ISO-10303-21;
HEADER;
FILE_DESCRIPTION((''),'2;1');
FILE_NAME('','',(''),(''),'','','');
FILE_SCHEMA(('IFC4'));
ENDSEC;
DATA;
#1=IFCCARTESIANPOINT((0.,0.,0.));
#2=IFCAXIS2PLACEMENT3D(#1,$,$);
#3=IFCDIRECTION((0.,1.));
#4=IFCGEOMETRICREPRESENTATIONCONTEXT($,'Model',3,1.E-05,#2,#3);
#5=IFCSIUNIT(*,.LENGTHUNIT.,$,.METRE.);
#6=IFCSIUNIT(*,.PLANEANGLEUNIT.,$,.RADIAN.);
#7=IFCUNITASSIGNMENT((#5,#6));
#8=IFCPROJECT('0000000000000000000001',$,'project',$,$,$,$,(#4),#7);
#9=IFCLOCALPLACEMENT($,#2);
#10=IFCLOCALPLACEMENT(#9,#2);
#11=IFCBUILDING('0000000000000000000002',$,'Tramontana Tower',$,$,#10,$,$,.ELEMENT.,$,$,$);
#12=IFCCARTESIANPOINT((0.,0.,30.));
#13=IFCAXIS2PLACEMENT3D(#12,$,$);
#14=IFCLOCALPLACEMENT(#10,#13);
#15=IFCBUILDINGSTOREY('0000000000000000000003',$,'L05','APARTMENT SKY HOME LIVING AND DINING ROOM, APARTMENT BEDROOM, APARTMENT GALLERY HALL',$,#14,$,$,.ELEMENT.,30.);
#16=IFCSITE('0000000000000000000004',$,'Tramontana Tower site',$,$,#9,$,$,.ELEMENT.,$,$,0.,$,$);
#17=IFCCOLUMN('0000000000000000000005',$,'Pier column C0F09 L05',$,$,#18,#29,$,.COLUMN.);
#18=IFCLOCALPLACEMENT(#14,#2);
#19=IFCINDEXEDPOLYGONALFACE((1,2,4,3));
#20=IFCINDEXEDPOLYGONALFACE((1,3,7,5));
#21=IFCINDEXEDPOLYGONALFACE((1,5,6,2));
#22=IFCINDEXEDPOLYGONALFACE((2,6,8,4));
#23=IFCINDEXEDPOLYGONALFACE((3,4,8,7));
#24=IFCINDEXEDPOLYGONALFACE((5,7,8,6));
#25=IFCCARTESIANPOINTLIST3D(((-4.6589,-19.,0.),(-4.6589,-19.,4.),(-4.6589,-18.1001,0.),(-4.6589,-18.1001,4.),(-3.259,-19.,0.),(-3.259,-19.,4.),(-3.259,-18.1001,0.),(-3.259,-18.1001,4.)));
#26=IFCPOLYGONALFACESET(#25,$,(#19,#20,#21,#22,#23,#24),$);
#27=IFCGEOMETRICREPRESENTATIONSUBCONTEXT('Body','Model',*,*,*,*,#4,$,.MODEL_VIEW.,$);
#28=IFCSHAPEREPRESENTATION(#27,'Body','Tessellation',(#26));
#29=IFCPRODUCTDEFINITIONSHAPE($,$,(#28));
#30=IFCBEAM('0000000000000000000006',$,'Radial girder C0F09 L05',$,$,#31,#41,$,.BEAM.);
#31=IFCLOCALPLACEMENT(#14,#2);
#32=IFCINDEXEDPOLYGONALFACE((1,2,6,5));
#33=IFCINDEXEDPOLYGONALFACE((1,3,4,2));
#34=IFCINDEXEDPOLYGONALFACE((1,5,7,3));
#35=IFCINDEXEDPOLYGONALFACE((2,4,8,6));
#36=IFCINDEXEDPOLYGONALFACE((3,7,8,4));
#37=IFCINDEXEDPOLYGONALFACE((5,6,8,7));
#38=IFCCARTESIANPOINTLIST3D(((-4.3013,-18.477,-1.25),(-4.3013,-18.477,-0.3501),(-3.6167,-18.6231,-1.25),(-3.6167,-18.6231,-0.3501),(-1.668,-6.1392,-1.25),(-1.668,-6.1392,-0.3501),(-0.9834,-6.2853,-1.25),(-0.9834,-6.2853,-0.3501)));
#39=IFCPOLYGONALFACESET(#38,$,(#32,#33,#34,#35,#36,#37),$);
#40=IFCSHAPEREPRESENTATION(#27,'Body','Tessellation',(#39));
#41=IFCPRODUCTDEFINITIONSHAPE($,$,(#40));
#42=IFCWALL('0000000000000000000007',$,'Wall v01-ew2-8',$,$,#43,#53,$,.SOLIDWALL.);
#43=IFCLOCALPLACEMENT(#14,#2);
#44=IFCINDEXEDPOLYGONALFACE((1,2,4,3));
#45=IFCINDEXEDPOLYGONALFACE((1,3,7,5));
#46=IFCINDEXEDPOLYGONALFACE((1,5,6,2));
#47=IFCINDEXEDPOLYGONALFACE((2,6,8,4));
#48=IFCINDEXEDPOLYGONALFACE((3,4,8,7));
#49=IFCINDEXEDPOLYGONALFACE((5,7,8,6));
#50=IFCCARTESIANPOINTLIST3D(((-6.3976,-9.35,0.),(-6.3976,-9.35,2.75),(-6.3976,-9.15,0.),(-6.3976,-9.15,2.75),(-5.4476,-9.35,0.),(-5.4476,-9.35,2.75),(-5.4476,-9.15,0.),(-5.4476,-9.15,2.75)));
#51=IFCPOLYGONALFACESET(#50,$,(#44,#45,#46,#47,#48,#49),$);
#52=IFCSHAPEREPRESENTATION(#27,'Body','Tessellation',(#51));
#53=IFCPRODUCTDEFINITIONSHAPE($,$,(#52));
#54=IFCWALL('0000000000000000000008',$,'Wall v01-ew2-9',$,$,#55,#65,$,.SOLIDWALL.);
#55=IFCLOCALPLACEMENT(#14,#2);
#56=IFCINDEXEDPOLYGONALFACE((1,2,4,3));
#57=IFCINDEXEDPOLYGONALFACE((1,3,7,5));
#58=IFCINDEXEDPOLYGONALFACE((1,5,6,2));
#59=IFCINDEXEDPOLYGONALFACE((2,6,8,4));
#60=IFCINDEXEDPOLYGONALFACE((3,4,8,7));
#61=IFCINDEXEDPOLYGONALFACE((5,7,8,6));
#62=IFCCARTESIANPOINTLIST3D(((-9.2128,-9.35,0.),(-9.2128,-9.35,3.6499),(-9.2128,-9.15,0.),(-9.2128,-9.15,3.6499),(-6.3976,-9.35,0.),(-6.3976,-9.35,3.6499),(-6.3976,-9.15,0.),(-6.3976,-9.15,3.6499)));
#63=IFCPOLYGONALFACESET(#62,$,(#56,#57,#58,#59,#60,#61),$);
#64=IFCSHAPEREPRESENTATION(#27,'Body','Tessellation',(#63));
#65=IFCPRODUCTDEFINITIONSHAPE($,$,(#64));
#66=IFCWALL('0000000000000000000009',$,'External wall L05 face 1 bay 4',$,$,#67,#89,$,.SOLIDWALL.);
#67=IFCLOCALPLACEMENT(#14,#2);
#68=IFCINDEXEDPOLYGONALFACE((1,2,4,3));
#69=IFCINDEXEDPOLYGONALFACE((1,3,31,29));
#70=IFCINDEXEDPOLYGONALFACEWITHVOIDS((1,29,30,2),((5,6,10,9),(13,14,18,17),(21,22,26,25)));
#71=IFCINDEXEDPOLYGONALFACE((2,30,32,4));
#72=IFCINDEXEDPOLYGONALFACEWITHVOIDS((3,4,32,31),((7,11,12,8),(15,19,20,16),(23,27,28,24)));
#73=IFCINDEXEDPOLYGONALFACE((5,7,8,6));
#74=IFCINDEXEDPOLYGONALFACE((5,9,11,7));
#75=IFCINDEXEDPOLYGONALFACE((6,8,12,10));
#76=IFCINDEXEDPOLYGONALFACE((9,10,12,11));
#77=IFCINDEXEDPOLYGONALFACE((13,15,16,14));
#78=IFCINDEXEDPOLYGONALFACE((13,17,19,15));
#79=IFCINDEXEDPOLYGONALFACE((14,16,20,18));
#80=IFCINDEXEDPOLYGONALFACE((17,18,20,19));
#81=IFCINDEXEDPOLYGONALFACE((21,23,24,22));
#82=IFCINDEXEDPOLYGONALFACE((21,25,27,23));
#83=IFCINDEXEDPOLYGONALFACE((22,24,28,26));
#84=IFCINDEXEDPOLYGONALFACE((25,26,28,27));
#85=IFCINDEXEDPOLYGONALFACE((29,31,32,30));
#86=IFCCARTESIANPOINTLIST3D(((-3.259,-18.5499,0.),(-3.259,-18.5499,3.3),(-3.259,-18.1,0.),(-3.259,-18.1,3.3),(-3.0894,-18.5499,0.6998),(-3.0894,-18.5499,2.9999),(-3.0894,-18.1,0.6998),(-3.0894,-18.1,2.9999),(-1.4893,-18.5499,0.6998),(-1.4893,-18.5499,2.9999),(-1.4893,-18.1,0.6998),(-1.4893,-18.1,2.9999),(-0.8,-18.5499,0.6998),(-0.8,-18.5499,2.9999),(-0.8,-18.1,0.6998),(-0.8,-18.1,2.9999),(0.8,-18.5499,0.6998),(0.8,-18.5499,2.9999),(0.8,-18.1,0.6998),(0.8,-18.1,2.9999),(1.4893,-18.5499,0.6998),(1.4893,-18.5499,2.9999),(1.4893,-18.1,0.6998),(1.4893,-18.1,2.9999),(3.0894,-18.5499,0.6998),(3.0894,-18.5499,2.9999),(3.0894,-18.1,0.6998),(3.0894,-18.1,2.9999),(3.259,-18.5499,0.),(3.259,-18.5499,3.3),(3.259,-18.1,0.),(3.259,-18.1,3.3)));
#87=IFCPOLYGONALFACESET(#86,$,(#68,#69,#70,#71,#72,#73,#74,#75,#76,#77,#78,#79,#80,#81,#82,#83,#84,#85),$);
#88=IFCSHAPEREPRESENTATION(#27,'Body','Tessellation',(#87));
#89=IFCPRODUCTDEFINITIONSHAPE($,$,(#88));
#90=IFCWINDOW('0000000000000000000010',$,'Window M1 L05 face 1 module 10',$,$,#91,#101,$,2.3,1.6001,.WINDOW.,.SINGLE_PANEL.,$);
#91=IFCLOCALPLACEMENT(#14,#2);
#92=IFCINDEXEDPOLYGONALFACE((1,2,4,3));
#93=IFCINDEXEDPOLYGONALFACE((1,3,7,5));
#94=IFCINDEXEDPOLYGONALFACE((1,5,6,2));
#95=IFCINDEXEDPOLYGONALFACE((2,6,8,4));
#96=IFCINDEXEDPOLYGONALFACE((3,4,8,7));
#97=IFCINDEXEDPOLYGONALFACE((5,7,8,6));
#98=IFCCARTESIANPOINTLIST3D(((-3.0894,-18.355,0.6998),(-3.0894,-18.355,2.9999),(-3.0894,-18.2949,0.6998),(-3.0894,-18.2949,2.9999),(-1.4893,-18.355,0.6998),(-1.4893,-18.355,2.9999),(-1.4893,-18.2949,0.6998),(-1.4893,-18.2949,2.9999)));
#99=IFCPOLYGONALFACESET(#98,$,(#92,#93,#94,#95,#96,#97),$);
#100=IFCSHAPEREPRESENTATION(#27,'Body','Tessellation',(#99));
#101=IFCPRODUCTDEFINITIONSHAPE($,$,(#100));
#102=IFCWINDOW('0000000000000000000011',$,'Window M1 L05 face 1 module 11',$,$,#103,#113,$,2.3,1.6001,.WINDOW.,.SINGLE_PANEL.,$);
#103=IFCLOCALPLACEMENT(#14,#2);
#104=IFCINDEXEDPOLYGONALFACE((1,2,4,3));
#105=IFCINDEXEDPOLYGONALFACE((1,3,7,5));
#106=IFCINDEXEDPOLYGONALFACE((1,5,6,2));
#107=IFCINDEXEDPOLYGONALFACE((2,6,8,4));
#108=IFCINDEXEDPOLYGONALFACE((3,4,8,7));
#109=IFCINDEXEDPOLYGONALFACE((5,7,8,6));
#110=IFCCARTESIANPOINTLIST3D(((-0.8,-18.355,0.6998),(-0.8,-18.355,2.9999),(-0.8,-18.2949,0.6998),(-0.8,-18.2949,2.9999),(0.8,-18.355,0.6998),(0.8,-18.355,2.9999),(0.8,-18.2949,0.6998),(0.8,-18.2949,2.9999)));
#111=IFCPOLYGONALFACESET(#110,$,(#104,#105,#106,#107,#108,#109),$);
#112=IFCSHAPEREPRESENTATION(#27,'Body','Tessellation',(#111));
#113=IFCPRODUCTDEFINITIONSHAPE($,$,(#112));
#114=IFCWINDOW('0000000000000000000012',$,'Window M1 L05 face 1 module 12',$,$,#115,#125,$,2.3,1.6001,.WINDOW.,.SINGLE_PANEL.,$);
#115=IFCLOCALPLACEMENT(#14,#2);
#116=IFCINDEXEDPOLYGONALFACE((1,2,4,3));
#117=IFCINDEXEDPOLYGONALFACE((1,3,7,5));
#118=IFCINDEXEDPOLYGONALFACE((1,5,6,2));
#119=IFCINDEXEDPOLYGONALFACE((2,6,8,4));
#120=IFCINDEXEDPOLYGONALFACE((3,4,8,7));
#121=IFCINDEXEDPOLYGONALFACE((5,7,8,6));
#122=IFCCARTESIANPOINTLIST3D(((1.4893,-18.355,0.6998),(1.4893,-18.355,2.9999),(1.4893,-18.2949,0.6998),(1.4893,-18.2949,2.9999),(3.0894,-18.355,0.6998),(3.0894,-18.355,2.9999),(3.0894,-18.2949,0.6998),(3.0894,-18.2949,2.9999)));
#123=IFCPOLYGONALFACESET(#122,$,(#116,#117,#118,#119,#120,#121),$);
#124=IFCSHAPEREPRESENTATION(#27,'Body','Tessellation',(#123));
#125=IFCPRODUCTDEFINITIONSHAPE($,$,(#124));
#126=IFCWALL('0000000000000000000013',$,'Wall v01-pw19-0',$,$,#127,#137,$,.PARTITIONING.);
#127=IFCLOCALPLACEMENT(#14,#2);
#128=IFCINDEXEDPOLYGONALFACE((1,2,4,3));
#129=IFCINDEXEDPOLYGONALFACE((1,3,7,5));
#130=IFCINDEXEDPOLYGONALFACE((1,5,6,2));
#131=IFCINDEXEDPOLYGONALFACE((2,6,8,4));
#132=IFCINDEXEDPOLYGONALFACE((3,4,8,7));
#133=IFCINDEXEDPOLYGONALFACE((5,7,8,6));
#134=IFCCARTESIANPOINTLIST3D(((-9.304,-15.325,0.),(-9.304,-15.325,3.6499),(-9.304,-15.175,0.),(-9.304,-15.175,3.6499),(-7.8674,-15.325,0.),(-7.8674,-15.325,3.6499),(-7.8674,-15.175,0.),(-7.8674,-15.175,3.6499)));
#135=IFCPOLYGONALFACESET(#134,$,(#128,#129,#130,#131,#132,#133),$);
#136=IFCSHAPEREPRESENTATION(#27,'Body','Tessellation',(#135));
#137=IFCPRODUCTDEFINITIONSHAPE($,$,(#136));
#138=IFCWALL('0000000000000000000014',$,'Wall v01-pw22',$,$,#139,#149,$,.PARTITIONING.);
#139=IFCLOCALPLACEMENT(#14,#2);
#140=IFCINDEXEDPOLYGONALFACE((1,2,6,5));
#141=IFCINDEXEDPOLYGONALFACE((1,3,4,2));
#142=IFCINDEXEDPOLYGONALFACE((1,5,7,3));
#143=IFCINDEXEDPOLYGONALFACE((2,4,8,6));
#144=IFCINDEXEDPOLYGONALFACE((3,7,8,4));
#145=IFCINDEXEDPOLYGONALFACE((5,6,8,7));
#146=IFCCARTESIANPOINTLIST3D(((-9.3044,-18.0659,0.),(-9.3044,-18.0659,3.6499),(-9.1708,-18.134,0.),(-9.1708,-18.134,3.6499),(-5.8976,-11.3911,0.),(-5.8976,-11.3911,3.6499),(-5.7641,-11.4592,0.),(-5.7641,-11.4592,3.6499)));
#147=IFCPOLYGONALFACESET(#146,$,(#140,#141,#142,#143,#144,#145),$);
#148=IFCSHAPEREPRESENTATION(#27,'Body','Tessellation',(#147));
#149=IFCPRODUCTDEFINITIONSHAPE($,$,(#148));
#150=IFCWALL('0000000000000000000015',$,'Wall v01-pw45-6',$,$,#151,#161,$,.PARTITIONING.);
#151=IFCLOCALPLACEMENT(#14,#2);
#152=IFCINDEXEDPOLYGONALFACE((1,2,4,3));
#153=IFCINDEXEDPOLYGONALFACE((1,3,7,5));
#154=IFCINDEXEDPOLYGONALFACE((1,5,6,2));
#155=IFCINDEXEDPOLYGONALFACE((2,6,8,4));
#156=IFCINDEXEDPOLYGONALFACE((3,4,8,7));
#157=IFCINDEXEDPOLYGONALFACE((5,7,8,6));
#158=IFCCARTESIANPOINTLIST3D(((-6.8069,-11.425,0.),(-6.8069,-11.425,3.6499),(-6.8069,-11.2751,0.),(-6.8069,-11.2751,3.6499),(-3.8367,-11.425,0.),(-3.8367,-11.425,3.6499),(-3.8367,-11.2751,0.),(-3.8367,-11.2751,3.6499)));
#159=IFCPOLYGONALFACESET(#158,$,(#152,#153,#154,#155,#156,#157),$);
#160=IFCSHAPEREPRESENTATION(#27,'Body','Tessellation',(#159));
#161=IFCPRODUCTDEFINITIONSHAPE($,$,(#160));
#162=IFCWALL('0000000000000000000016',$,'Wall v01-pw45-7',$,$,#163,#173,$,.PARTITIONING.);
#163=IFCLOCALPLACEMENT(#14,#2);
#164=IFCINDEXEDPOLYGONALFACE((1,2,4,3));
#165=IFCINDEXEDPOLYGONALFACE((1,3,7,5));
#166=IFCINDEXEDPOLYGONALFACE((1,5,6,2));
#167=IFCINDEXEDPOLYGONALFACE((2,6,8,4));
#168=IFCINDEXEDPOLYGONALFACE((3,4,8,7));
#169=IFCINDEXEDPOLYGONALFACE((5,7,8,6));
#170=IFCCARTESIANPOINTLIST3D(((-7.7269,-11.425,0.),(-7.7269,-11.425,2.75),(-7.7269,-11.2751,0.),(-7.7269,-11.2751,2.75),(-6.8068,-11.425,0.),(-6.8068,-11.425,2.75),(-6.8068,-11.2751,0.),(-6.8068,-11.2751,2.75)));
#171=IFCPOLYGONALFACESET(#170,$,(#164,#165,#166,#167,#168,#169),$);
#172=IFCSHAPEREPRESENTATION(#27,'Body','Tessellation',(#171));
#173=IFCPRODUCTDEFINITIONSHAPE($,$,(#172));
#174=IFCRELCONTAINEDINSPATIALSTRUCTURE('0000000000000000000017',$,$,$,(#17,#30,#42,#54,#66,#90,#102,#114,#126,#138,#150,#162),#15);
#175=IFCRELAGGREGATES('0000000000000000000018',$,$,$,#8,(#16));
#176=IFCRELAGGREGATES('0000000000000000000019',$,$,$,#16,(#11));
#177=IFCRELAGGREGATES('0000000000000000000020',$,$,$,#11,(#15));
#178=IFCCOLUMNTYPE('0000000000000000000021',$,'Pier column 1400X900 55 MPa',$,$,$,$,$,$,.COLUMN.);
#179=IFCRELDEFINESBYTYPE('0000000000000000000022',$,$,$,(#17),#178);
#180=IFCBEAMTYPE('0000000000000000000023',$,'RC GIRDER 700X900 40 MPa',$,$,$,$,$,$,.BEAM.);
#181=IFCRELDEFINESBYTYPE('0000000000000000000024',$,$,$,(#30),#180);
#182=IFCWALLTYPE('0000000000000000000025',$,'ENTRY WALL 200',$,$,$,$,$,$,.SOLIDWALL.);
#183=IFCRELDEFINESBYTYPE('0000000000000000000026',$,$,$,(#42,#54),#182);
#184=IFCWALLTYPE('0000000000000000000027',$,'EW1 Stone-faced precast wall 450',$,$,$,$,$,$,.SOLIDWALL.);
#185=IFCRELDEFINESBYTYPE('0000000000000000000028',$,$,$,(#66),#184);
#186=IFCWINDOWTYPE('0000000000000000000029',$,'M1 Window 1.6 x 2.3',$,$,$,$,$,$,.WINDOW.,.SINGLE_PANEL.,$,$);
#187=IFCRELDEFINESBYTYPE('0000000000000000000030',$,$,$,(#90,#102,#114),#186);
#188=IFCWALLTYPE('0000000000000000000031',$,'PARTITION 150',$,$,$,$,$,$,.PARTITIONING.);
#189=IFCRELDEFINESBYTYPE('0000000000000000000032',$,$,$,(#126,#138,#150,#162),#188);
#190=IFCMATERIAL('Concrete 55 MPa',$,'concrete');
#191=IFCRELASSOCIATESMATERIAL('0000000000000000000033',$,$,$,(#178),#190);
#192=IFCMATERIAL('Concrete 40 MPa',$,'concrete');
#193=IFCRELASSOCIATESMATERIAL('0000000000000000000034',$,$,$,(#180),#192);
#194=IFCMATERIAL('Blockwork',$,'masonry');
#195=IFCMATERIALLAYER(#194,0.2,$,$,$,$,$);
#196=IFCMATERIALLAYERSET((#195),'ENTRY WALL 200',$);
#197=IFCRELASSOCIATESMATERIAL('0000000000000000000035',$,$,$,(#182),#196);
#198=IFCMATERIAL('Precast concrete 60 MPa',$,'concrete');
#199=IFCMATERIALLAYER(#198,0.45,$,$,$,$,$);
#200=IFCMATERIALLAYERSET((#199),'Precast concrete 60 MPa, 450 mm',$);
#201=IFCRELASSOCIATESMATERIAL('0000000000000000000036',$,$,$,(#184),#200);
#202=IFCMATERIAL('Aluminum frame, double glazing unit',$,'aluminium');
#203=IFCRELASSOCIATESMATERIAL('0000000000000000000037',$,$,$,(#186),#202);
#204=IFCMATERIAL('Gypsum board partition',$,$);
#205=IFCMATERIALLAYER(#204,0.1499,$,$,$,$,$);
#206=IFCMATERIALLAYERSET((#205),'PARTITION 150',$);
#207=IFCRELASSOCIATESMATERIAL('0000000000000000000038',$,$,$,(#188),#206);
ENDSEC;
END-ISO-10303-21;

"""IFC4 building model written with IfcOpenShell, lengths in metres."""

from ifc_helpers import new_model, si_unit, direction, frame, frame_2d, origin, origin_2d, place, context, subcontext, project, spatial, rectangle, extrude, material, layer, layer_set, material_profile, profile_set, type_object, element, fill, save


model = new_model("IFC4")

# Units and contexts
model_context = context("Model", 3, precision=1e-05, world=origin(), true_north=direction((0.0, 1.0)))
body_context = subcontext(model_context, "Body", "Model", "MODEL_VIEW")
ifc_project = project(units=[si_unit("LENGTHUNIT", "METRE"), si_unit("PLANEANGLEUNIT", "RADIAN")], contexts=[model_context])

# Site, building, storey
site_placement = place(None, origin())
site = spatial("IfcSite", under=ifc_project, at=site_placement, Name="Tramontana Tower site", CompositionType="ELEMENT", RefElevation=0.0)
building_placement = place(site_placement, origin())
building = spatial("IfcBuilding", under=site, at=building_placement, Name="Tramontana Tower", CompositionType="ELEMENT")
storey_placement = place(building_placement, frame((0.0, 0.0, 30.0)))
storey = spatial("IfcBuildingStorey", under=building, at=storey_placement, Name="L05", Description="APARTMENT SKY HOME LIVING AND DINING ROOM, APARTMENT BEDROOM, APARTMENT GALLERY HALL", CompositionType="ELEMENT", Elevation=30.0)

# Column
ifc_material_1 = material(Name="Concrete 55 MPa", Category="concrete")
ifc_material_profile_1 = material_profile(ifc_material_1, rectangle(XDim=1.3999, YDim=0.8999, at=origin_2d()), Name="Pier column 1400X900 55 MPa")
ifc_profile_set_1 = profile_set([ifc_material_profile_1], Name="Concrete 55 MPa")
column_type = type_object("IfcColumnType", Name="Pier column 1400X900 55 MPa", PredefinedType="COLUMN", material=ifc_profile_set_1)
column_placement = place(storey_placement, frame((-3.959, -18.55, 0.0), z_axis=(0.0, 0.0, 1.0), x_axis=(1.0, 0.0, 0.0)))
element("IfcColumn", 1, at=column_placement, inside=storey, type_object=column_type, Name="Pier column C0F09 L05", PredefinedType="COLUMN", context=body_context, shape_type="SweptSolid", body=[
    extrude(rectangle(XDim=1.3999, YDim=0.8999, at=origin_2d()), origin(), (0.0, 0.0, 1.0), 4.0),
])

# Beam
ifc_material_2 = material(Name="Concrete 40 MPa", Category="concrete")
ifc_material_profile_2 = material_profile(ifc_material_2, rectangle(XDim=0.7, YDim=0.8999, at=origin_2d()), Name="RC GIRDER 700X900 40 MPa")
ifc_profile_set_2 = profile_set([ifc_material_profile_2], Name="Concrete 40 MPa")
beam_type = type_object("IfcBeamType", Name="RC GIRDER 700X900 40 MPa", PredefinedType="BEAM", material=ifc_profile_set_2)
beam_placement = place(storey_placement, frame((-3.959, -18.55, -0.8), z_axis=(0.208731, 0.977973, 0.0), x_axis=(-0.977973, 0.208731, 0.0)))
element("IfcBeam", 2, at=beam_placement, inside=storey, type_object=beam_type, Name="Radial girder C0F09 L05", PredefinedType="BEAM", context=body_context, shape_type="SweptSolid", body=[
    extrude(rectangle(XDim=0.7, YDim=0.8999, at=origin_2d()), origin(), (0.0, 0.0, 1.0), 12.6157),
])

# Walls
ifc_material_3 = material(Name="Blockwork", Category="masonry")
ifc_layer_1 = layer(ifc_material_3, 0.2)
ifc_layer_set_1 = layer_set([ifc_layer_1], Name="ENTRY WALL 200")
wall_type_1 = type_object("IfcWallType", Name="ENTRY WALL 200", PredefinedType="SOLIDWALL", material=ifc_layer_set_1)
wall_1_placement = place(storey_placement, frame((-5.4475, -9.25, 0.0), z_axis=(0.0, 0.0, 1.0), x_axis=(-1.0, 0.0, 0.0)))
element("IfcWall", 3, at=wall_1_placement, inside=storey, type_object=wall_type_1, Name="Wall v01-ew2-8", PredefinedType="SOLIDWALL", context=body_context, shape_type="SweptSolid", body=[
    extrude(rectangle(XDim=0.95, YDim=0.2, at=frame_2d((0.4751, 0.0))), origin(), (0.0, 0.0, 1.0), 2.75),
])
wall_2_placement = place(storey_placement, frame((-6.3975, -9.25, 0.0), z_axis=(0.0, 0.0, 1.0), x_axis=(-1.0, 0.0, 0.0)))
element("IfcWall", 4, at=wall_2_placement, inside=storey, type_object=wall_type_1, Name="Wall v01-ew2-9", PredefinedType="SOLIDWALL", context=body_context, shape_type="SweptSolid", body=[
    extrude(rectangle(XDim=2.8152, YDim=0.2, at=frame_2d((1.4077, 0.0))), origin(), (0.0, 0.0, 1.0), 3.6499),
])

# Wall, openings, windows
ifc_material_4 = material(Name="Precast concrete 60 MPa", Category="concrete")
ifc_layer_2 = layer(ifc_material_4, 0.45)
ifc_layer_set_2 = layer_set([ifc_layer_2], Name="Precast concrete 60 MPa, 450 mm")
wall_type_2 = type_object("IfcWallType", Name="EW1 Stone-faced precast wall 450", PredefinedType="SOLIDWALL", material=ifc_layer_set_2)
wall_3_placement = place(storey_placement, frame((-3.259, -18.325, 0.0), z_axis=(0.0, 0.0, 1.0), x_axis=(1.0, 0.0, 0.0)))
wall_3 = element("IfcWall", 5, at=wall_3_placement, inside=storey, type_object=wall_type_2, Name="External wall L05 face 1 bay 4", PredefinedType="SOLIDWALL", context=body_context, shape_type="SweptSolid", body=[
    extrude(rectangle(XDim=6.5181, YDim=0.45, at=frame_2d((3.259, 0.0))), origin(), (0.0, 0.0, 1.0), 3.3),
])
opening_1_placement = place(wall_3_placement, frame((0.1697, 0.0, 0.7)))
opening_1 = element("IfcOpeningElement", 6, at=opening_1_placement, cuts=wall_3, PredefinedType="OPENING", context=body_context, shape_type="SweptSolid", body=[
    extrude(rectangle(XDim=1.6001, YDim=2.3, at=frame_2d((0.8, 1.1499))), frame((0.0, 0.2349, 0.0), z_axis=(0.0, -1.0, 0.0), x_axis=(1.0, 0.0, 0.0)), (0.0, 0.0, 1.0), 0.47),
])
opening_2_placement = place(wall_3_placement, frame((2.459, 0.0, 0.7)))
opening_2 = element("IfcOpeningElement", 7, at=opening_2_placement, cuts=wall_3, PredefinedType="OPENING", context=body_context, shape_type="SweptSolid", body=[
    extrude(rectangle(XDim=1.6001, YDim=2.3, at=frame_2d((0.8, 1.1499))), frame((0.0, 0.2349, 0.0), z_axis=(0.0, -1.0, 0.0), x_axis=(1.0, 0.0, 0.0)), (0.0, 0.0, 1.0), 0.47),
])
opening_3_placement = place(wall_3_placement, frame((4.7483, 0.0, 0.7)))
opening_3 = element("IfcOpeningElement", 8, at=opening_3_placement, cuts=wall_3, PredefinedType="OPENING", context=body_context, shape_type="SweptSolid", body=[
    extrude(rectangle(XDim=1.6001, YDim=2.3, at=frame_2d((0.8, 1.1499))), frame((0.0, 0.2349, 0.0), z_axis=(0.0, -1.0, 0.0), x_axis=(1.0, 0.0, 0.0)), (0.0, 0.0, 1.0), 0.47),
])
ifc_material_5 = material(Name="Aluminum frame, double glazing unit", Category="aluminium")
window_type = type_object("IfcWindowType", Name="M1 Window 1.6 x 2.3", PartitioningType="SINGLE_PANEL", PredefinedType="WINDOW", material=ifc_material_5)
window_1_placement = place(opening_1_placement, origin())
window_1 = element("IfcWindow", 9, at=window_1_placement, inside=storey, type_object=window_type, Name="Window M1 L05 face 1 module 10", OverallHeight=2.3, OverallWidth=1.6001, PartitioningType="SINGLE_PANEL", PredefinedType="WINDOW", context=body_context, shape_type="SweptSolid", body=[
    extrude(rectangle(XDim=1.6001, YDim=2.3, at=frame_2d((0.8, 1.1499))), frame((0.0, 0.03, 0.0), z_axis=(0.0, -1.0, 0.0), x_axis=(1.0, 0.0, 0.0)), (0.0, 0.0, 1.0), 0.0601),
])
fill(opening_1, window_1)
window_2_placement = place(opening_2_placement, origin())
window_2 = element("IfcWindow", 10, at=window_2_placement, inside=storey, type_object=window_type, Name="Window M1 L05 face 1 module 11", OverallHeight=2.3, OverallWidth=1.6001, PartitioningType="SINGLE_PANEL", PredefinedType="WINDOW", context=body_context, shape_type="SweptSolid", body=[
    extrude(rectangle(XDim=1.6001, YDim=2.3, at=frame_2d((0.8, 1.1499))), frame((0.0, 0.03, 0.0), z_axis=(0.0, -1.0, 0.0), x_axis=(1.0, 0.0, 0.0)), (0.0, 0.0, 1.0), 0.0601),
])
fill(opening_2, window_2)
window_3_placement = place(opening_3_placement, origin())
window_3 = element("IfcWindow", 11, at=window_3_placement, inside=storey, type_object=window_type, Name="Window M1 L05 face 1 module 12", OverallHeight=2.3, OverallWidth=1.6001, PartitioningType="SINGLE_PANEL", PredefinedType="WINDOW", context=body_context, shape_type="SweptSolid", body=[
    extrude(rectangle(XDim=1.6001, YDim=2.3, at=frame_2d((0.8, 1.1499))), frame((0.0, 0.03, 0.0), z_axis=(0.0, -1.0, 0.0), x_axis=(1.0, 0.0, 0.0)), (0.0, 0.0, 1.0), 0.0601),
])
fill(opening_3, window_3)

# Walls
ifc_material_6 = material(Name="Gypsum board partition")
ifc_layer_3 = layer(ifc_material_6, 0.1499)
ifc_layer_set_3 = layer_set([ifc_layer_3], Name="PARTITION 150")
wall_type_3 = type_object("IfcWallType", Name="PARTITION 150", PredefinedType="PARTITIONING", material=ifc_layer_set_3)
wall_4_placement = place(storey_placement, frame((-7.8674, -15.25, 0.0), z_axis=(0.0, 0.0, 1.0), x_axis=(-1.0, 0.0, 0.0)))
element("IfcWall", 12, at=wall_4_placement, inside=storey, type_object=wall_type_3, Name="Wall v01-pw19-0", PredefinedType="PARTITIONING", context=body_context, shape_type="SweptSolid", body=[
    extrude(rectangle(XDim=1.4365, YDim=0.1499, at=frame_2d((0.7183, 0.0))), origin(), (0.0, 0.0, 1.0), 3.6499),
])
wall_5_placement = place(storey_placement, frame((-5.8308, -11.425, 0.0), z_axis=(0.0, 0.0, 1.0), x_axis=(-0.4546, -0.890696, 0.0)))
element("IfcWall", 13, at=wall_5_placement, inside=storey, type_object=wall_type_3, Name="Wall v01-pw22", PredefinedType="PARTITIONING", context=body_context, shape_type="SweptSolid", body=[
    extrude(rectangle(XDim=7.4939, YDim=0.1499, at=frame_2d((3.7471, 0.0))), origin(), (0.0, 0.0, 1.0), 3.6499),
])

# Walls
wall_6_placement = place(storey_placement, frame((-3.8367, -11.3501, 0.0), z_axis=(0.0, 0.0, 1.0), x_axis=(-1.0, 0.0, 0.0)))
element("IfcWall", 14, at=wall_6_placement, inside=storey, type_object=wall_type_3, Name="Wall v01-pw45-6", PredefinedType="PARTITIONING", context=body_context, shape_type="SweptSolid", body=[
    extrude(rectangle(XDim=2.9702, YDim=0.1499, at=frame_2d((1.4851, 0.0))), origin(), (0.0, 0.0, 1.0), 3.6499),
])
wall_7_placement = place(storey_placement, frame((-6.8069, -11.3501, 0.0), z_axis=(0.0, 0.0, 1.0), x_axis=(-1.0, 0.0, 0.0)))
element("IfcWall", 15, at=wall_7_placement, inside=storey, type_object=wall_type_3, Name="Wall v01-pw45-7", PredefinedType="PARTITIONING", context=body_context, shape_type="SweptSolid", body=[
    extrude(rectangle(XDim=0.9202, YDim=0.1499, at=frame_2d((0.46, 0.0))), origin(), (0.0, 0.0, 1.0), 2.75),
])

save(model, "model.ifc")
